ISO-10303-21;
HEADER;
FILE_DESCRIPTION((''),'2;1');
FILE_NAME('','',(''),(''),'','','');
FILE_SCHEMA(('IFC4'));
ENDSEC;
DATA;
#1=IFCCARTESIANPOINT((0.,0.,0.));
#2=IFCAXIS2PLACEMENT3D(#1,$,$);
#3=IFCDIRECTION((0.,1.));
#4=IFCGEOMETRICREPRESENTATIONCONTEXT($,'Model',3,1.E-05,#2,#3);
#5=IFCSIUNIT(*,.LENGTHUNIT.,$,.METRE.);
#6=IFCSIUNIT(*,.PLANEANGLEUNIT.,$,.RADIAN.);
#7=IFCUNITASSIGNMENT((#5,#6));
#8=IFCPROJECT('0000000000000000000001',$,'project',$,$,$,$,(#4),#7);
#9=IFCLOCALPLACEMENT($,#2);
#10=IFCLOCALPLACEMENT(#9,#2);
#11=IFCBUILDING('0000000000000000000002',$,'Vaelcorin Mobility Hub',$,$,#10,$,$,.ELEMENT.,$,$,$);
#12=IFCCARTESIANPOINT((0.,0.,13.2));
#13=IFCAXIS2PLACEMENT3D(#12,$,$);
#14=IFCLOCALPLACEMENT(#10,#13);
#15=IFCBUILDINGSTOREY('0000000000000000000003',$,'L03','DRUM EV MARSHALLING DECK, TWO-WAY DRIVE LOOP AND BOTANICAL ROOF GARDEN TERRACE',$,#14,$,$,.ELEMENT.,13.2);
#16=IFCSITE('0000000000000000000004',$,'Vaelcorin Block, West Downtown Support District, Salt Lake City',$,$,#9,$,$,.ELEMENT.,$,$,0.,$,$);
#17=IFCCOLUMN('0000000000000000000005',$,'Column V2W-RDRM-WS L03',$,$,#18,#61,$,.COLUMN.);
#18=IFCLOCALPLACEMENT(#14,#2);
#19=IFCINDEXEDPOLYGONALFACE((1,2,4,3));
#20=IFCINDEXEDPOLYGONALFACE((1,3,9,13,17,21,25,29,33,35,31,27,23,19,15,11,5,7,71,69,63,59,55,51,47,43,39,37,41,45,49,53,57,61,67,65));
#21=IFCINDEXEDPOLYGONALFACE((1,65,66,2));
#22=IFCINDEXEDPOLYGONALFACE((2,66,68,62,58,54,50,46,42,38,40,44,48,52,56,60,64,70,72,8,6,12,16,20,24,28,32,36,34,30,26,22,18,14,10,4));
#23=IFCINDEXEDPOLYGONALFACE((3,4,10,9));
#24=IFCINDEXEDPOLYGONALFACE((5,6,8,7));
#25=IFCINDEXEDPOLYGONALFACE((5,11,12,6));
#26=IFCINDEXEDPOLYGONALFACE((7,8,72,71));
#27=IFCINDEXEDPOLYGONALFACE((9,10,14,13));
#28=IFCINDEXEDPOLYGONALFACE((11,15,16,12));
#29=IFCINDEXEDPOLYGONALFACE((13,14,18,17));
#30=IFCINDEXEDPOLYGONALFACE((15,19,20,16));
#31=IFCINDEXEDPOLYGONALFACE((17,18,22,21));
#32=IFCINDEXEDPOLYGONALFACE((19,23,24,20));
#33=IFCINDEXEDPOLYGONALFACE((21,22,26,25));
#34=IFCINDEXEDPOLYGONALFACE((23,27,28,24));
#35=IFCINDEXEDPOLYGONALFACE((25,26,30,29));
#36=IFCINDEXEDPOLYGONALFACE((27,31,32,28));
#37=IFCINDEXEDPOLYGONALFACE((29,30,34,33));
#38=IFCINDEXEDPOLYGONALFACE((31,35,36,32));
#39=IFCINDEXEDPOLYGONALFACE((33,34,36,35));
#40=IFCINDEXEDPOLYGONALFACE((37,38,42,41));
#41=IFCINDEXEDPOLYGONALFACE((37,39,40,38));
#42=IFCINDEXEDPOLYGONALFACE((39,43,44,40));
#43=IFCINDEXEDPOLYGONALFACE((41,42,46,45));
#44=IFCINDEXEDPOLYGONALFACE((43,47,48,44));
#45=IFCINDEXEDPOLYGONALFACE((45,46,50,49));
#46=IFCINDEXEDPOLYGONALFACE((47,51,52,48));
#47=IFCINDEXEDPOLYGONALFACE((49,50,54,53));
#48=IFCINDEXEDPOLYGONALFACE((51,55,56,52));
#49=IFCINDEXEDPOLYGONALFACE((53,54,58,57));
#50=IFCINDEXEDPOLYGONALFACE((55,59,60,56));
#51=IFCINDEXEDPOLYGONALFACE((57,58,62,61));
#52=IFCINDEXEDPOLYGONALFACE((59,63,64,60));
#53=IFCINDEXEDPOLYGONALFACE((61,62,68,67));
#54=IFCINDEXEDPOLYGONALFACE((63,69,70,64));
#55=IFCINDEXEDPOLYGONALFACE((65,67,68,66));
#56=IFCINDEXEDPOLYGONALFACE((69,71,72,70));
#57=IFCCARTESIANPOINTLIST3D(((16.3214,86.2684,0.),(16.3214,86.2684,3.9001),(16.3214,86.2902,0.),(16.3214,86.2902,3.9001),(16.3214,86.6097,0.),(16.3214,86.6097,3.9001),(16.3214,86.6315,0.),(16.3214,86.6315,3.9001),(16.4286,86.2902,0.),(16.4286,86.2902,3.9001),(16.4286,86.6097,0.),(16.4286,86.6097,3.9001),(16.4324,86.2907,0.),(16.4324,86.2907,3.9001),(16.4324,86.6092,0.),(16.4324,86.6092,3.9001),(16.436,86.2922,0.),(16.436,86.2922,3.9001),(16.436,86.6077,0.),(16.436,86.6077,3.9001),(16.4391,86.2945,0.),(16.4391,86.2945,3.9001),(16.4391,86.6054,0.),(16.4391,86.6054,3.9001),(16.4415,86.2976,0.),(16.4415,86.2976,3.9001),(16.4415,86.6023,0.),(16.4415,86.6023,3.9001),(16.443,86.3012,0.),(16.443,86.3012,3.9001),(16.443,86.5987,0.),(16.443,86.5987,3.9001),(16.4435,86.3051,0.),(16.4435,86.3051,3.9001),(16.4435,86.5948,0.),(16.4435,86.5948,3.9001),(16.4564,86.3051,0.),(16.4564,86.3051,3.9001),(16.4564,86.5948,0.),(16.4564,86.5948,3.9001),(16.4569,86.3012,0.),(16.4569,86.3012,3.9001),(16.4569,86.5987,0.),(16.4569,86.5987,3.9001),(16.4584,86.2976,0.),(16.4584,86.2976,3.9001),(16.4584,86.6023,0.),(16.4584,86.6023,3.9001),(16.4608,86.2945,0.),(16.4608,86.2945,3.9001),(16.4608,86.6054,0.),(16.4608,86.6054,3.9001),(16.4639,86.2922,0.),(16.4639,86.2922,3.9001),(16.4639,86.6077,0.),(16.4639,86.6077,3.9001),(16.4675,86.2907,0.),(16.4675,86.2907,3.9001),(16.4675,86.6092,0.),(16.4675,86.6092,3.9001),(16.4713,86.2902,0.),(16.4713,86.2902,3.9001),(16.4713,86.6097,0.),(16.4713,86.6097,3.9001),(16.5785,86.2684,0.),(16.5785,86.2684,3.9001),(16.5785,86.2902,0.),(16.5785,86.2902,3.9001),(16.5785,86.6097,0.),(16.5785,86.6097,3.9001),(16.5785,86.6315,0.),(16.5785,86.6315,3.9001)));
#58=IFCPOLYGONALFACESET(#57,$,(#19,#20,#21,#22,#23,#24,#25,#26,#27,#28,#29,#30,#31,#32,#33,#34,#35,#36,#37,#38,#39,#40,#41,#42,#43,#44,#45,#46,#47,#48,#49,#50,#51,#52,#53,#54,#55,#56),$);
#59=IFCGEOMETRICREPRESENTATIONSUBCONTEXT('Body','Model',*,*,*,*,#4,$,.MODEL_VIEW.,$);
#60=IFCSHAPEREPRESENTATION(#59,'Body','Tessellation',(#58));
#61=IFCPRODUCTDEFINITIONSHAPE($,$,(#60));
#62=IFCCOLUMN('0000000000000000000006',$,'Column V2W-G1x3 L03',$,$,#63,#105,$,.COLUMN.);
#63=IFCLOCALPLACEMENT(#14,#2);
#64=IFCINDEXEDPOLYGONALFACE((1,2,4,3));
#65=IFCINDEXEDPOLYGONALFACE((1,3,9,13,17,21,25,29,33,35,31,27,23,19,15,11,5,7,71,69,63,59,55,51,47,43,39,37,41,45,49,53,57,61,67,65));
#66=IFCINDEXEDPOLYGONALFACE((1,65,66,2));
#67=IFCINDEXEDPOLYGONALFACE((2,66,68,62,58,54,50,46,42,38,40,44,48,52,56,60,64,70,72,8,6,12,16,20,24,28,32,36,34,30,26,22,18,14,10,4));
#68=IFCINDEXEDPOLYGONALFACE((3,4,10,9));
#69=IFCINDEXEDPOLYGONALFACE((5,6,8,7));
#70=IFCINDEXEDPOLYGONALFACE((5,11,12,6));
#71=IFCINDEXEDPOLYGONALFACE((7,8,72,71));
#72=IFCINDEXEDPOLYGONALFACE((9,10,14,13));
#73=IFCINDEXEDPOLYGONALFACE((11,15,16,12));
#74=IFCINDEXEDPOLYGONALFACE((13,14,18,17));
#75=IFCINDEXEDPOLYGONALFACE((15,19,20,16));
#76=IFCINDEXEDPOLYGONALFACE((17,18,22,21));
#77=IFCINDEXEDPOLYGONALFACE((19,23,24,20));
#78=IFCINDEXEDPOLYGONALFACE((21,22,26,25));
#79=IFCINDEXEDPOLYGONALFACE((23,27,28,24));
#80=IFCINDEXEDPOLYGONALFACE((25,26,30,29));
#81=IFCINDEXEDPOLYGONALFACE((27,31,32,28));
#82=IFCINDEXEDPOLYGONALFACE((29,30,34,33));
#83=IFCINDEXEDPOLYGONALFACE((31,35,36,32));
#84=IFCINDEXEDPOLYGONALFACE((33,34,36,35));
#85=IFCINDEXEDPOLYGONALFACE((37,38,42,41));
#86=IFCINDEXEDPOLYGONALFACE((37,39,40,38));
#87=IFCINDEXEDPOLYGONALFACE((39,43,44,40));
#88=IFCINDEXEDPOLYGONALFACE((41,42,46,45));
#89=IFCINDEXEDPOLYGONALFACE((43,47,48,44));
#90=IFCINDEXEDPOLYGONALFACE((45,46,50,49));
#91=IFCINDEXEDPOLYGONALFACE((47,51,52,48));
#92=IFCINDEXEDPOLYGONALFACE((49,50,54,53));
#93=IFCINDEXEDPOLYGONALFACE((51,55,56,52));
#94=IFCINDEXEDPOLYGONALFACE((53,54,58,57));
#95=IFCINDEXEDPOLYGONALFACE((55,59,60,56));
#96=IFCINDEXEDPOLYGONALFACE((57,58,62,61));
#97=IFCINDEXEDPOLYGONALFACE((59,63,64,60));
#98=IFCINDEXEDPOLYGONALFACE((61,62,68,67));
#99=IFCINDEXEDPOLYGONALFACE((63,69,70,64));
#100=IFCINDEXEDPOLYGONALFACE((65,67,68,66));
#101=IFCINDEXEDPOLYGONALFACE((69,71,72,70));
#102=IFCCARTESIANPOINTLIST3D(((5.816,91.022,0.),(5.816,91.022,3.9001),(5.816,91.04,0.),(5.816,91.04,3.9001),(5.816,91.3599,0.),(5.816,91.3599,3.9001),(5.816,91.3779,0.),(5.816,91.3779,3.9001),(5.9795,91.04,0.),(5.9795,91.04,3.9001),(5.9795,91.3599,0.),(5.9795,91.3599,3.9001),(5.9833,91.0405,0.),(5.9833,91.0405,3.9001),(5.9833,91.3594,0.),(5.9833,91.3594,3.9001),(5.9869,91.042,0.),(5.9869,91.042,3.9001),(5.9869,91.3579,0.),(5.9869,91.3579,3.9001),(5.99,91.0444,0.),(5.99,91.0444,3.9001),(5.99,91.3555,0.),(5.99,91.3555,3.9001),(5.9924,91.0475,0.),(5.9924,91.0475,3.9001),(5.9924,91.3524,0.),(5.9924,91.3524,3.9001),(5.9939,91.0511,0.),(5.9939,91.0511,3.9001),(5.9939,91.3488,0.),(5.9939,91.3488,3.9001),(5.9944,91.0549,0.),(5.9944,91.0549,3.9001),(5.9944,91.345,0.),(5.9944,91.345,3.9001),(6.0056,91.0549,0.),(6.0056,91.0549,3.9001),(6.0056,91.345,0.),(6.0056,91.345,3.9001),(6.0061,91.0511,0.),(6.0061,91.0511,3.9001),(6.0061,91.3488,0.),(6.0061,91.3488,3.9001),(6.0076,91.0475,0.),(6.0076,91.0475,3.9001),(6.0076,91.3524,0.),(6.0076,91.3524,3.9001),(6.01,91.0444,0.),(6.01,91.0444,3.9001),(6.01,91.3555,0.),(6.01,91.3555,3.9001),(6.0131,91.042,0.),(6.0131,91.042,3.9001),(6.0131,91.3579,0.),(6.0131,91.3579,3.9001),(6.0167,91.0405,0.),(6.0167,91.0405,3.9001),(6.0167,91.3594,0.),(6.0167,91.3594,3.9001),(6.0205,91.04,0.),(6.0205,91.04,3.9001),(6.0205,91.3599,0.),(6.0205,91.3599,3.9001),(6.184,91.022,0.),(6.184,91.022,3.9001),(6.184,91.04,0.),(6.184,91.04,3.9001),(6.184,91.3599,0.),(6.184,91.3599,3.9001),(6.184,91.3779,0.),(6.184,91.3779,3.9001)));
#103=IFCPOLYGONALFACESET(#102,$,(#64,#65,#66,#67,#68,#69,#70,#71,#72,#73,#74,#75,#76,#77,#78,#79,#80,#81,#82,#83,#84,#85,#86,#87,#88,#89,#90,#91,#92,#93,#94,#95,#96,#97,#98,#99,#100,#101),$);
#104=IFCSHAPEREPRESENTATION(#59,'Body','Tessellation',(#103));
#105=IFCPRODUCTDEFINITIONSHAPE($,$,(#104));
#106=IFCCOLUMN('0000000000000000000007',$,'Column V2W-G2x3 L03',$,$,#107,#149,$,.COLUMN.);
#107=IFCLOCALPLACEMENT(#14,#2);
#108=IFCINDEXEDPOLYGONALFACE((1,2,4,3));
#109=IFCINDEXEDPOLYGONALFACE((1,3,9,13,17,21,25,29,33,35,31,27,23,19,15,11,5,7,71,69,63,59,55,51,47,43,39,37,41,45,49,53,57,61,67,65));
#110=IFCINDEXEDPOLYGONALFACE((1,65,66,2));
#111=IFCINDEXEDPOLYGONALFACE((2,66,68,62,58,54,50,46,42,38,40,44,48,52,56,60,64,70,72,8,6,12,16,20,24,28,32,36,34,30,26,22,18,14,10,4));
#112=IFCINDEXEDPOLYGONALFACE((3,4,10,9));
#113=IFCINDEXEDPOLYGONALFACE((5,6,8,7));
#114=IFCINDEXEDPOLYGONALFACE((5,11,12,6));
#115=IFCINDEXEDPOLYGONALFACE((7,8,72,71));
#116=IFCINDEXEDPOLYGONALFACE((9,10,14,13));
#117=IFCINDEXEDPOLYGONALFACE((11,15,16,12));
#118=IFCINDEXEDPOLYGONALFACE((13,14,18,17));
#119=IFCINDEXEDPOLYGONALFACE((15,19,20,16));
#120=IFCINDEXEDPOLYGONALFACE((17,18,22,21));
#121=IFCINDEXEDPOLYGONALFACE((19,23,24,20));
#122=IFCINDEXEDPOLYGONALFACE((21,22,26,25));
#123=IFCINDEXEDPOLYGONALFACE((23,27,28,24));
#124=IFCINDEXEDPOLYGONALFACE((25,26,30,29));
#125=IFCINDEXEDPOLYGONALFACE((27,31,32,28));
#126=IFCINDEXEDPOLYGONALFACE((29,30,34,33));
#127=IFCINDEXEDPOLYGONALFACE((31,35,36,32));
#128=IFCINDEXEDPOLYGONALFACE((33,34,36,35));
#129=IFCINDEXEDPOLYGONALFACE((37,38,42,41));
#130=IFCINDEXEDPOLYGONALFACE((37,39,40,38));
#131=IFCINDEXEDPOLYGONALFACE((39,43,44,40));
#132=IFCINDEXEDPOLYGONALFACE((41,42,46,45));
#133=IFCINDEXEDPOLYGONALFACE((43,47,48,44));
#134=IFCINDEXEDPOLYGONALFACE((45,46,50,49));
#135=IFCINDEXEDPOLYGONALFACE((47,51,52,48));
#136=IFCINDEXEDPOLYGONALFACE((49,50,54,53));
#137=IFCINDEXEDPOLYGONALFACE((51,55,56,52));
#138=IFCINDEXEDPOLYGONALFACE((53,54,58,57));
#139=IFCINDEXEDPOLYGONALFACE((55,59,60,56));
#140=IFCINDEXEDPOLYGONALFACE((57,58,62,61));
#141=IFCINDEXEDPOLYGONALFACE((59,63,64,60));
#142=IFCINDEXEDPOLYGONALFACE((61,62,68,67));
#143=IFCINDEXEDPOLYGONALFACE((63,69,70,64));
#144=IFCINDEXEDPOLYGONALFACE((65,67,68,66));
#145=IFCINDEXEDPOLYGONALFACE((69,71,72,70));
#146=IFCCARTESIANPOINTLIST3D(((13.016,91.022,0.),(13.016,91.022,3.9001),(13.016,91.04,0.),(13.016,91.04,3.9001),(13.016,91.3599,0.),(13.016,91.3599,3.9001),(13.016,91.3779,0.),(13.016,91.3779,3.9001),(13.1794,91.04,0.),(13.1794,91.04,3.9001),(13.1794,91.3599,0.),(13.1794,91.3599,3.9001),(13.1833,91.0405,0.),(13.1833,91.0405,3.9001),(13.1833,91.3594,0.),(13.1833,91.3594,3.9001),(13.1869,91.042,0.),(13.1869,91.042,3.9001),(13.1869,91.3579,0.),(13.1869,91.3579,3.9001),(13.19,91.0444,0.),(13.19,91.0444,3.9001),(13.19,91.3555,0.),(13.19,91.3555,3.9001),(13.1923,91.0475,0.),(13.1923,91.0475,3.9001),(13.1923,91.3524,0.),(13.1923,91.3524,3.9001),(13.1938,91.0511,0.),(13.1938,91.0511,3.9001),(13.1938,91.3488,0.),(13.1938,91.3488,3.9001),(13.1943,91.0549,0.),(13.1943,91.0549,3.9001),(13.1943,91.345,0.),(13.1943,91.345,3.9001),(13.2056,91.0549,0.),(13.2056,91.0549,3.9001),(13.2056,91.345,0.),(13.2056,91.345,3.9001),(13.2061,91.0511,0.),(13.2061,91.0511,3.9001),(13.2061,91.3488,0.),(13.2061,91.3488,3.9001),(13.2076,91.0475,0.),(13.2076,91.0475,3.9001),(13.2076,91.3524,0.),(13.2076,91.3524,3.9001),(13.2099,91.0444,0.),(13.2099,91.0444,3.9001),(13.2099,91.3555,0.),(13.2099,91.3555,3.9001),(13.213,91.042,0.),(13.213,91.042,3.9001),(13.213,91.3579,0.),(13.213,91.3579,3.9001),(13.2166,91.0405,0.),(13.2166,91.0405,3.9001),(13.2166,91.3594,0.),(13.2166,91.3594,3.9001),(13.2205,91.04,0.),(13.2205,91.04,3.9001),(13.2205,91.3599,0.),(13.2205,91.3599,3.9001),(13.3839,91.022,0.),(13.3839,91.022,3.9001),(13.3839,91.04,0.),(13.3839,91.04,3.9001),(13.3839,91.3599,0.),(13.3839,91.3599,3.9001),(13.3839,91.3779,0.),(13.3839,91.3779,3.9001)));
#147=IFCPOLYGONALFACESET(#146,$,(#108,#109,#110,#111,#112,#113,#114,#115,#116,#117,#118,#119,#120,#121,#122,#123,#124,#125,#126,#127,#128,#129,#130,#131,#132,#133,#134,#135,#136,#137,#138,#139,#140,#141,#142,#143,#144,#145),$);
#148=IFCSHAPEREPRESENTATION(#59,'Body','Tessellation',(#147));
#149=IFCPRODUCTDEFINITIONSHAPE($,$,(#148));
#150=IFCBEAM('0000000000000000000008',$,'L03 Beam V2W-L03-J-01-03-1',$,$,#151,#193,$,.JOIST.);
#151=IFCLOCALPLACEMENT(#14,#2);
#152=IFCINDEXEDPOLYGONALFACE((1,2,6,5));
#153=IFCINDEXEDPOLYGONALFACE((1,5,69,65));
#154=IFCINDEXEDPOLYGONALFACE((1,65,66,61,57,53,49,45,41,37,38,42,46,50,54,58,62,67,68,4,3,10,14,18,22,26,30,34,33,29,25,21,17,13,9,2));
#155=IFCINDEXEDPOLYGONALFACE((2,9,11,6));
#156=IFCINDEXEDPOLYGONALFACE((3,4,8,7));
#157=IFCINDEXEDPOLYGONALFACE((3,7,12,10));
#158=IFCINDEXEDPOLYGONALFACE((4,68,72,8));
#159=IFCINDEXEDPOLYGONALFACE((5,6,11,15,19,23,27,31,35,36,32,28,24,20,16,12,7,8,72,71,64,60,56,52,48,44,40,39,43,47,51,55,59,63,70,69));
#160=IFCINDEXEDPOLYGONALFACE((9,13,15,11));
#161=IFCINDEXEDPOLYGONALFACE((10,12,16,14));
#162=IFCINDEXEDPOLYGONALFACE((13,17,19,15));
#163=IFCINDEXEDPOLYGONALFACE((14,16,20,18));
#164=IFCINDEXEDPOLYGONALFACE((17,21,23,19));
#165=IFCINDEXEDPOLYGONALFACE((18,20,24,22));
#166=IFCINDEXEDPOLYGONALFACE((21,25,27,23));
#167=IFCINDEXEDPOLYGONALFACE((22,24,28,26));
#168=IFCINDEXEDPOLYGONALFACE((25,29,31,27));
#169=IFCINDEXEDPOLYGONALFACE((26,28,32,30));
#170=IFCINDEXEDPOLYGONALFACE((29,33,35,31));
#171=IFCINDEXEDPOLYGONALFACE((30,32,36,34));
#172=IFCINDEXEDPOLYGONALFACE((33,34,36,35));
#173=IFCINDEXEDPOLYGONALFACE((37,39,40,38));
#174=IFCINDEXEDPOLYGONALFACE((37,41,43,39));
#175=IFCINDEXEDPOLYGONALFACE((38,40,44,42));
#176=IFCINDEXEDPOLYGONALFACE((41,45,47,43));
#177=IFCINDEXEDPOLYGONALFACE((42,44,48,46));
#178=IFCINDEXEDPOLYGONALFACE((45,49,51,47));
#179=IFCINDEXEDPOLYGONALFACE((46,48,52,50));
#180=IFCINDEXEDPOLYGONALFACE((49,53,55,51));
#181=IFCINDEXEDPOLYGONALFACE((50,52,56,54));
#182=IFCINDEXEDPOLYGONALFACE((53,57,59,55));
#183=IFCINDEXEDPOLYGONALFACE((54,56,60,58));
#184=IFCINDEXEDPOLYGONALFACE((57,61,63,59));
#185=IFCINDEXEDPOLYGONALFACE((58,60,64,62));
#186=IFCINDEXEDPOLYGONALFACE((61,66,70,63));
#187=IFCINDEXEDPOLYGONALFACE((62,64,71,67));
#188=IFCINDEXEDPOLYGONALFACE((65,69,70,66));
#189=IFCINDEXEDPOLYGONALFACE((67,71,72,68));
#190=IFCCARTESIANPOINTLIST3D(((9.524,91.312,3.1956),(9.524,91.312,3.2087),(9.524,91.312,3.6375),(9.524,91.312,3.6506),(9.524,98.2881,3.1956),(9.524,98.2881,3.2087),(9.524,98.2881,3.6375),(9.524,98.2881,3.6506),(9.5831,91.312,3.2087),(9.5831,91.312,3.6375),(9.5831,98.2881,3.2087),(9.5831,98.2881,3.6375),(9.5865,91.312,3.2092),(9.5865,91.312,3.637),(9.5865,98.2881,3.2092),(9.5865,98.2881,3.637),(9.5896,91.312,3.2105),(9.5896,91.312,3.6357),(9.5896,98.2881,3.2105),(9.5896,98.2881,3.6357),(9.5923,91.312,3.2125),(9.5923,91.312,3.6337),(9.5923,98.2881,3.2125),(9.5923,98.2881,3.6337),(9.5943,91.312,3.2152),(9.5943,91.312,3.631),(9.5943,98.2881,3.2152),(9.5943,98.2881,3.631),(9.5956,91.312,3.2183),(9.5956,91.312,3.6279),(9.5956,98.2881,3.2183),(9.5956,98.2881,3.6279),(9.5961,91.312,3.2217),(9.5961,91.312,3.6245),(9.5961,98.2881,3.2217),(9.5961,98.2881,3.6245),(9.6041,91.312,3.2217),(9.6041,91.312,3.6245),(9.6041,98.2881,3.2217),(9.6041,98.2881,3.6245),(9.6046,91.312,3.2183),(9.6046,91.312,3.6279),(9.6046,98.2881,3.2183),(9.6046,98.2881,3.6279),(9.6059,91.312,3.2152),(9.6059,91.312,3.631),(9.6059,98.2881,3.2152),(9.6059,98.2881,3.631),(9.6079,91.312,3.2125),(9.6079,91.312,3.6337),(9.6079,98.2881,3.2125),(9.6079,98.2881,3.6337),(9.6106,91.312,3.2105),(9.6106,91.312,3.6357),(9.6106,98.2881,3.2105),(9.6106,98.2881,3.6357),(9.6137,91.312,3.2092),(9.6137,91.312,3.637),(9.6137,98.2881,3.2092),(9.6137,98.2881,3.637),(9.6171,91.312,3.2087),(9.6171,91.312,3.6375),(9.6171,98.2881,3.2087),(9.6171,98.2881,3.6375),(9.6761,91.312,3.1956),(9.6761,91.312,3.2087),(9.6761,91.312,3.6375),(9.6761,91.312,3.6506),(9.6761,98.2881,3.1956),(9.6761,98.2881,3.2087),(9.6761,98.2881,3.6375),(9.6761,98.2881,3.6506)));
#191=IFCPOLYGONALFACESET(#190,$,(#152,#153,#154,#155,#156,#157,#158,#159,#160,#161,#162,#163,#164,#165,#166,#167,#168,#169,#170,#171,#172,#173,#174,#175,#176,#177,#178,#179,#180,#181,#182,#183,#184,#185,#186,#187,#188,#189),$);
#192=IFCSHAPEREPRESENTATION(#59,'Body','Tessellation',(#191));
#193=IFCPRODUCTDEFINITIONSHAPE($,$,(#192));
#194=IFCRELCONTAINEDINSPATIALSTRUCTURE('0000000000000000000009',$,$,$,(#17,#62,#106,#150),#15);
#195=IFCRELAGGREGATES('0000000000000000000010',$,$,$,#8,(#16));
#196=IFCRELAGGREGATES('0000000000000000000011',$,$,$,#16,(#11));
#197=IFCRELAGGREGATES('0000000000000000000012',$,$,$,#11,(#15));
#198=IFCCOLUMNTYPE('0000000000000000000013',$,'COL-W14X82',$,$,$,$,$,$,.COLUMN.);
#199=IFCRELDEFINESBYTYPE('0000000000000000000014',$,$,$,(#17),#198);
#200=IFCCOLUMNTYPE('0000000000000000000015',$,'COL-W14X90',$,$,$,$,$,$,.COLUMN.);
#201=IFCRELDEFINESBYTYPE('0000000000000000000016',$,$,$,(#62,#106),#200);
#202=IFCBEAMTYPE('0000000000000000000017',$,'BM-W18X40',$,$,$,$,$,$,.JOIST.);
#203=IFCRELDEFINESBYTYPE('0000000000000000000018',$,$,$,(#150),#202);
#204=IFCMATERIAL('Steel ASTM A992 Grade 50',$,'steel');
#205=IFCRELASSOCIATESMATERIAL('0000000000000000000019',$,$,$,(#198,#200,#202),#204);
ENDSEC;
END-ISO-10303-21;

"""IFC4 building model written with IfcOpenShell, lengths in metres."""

from ifc_helpers import new_model, si_unit, direction, frame, origin, origin_2d, place, context, subcontext, project, spatial, i_section, extrude, material, material_profile, profile_set, type_object, element, save


model = new_model("IFC4")

# Units and contexts
model_context = context("Model", 3, precision=1e-05, world=origin(), true_north=direction((0.0, 1.0)))
body_context = subcontext(model_context, "Body", "Model", "MODEL_VIEW")
ifc_project = project(units=[si_unit("LENGTHUNIT", "METRE"), si_unit("PLANEANGLEUNIT", "RADIAN")], contexts=[model_context])

# Site, building, storey
site_placement = place(None, origin())
site = spatial("IfcSite", under=ifc_project, at=site_placement, Name="Vaelcorin Block, West Downtown Support District, Salt Lake City", CompositionType="ELEMENT", RefElevation=0.0)
building_placement = place(site_placement, origin())
building = spatial("IfcBuilding", under=site, at=building_placement, Name="Vaelcorin Mobility Hub", CompositionType="ELEMENT")
storey_placement = place(building_placement, frame((0.0, 0.0, 13.2)))
storey = spatial("IfcBuildingStorey", under=building, at=storey_placement, Name="L03", Description="DRUM EV MARSHALLING DECK, TWO-WAY DRIVE LOOP AND BOTANICAL ROOF GARDEN TERRACE", CompositionType="ELEMENT", Elevation=13.2)

# Columns
ifc_material_1 = material(Name="Steel ASTM A992 Grade 50", Category="steel")
ifc_material_profile_1 = material_profile(ifc_material_1, i_section(OverallWidth=0.2571, OverallDepth=0.363, WebThickness=0.0129, FlangeThickness=0.0217, FilletRadius=0.0149, at=origin_2d()), Name="W14X82")
ifc_profile_set_1 = profile_set([ifc_material_profile_1], Name="Steel ASTM A992 Grade 50")
column_type_1 = type_object("IfcColumnType", Name="COL-W14X82", PredefinedType="COLUMN", material=ifc_profile_set_1)
column_placement = place(storey_placement, frame((16.45, 86.45, 0.0), z_axis=(0.0, 0.0, 1.0), x_axis=(1.0, 0.0, 0.0)))
element("IfcColumn", 1, at=column_placement, inside=storey, type_object=column_type_1, Name="Column V2W-RDRM-WS L03", PredefinedType="COLUMN", context=body_context, shape_type="SweptSolid", body=[
    extrude(i_section(OverallWidth=0.2571, OverallDepth=0.363, WebThickness=0.0129, FlangeThickness=0.0217, FilletRadius=0.0149, at=origin_2d()), origin(), (0.0, 0.0, 1.0), 3.9001),
])
ifc_material_profile_2 = material_profile(ifc_material_1, i_section(OverallWidth=0.3679, OverallDepth=0.356, WebThickness=0.0112, FlangeThickness=0.0181, FilletRadius=0.0149, at=origin_2d()), Name="W14X90")
ifc_profile_set_2 = profile_set([ifc_material_profile_2], Name="Steel ASTM A992 Grade 50")
column_type_2 = type_object("IfcColumnType", Name="COL-W14X90", PredefinedType="COLUMN", material=ifc_profile_set_2)
for number, where, z_axis, x_axis, name in (
    (2, (6.0, 91.2, 0.0), (0.0, 0.0, 1.0), (1.0, 0.0, 0.0), "Column V2W-G1x3 L03"),
    (3, (13.2, 91.2, 0.0), (0.0, 0.0, 1.0), (1.0, 0.0, 0.0), "Column V2W-G2x3 L03"),
):
    element("IfcColumn", number, at=place(storey_placement, frame(where, z_axis=z_axis, x_axis=x_axis)), inside=storey, type_object=column_type_2, Name=name, PredefinedType="COLUMN", context=body_context, shape_type="SweptSolid", body=[
        extrude(i_section(OverallWidth=0.3679, OverallDepth=0.356, WebThickness=0.0112, FlangeThickness=0.0181, FilletRadius=0.0149, at=origin_2d()), origin(), (0.0, 0.0, 1.0), 3.9001),
    ])

# Beam
ifc_material_profile_3 = material_profile(ifc_material_1, i_section(OverallWidth=0.1521, OverallDepth=0.4551, WebThickness=0.0081, FlangeThickness=0.0132, FilletRadius=0.0129, at=origin_2d()), Name="W18X40")
ifc_profile_set_3 = profile_set([ifc_material_profile_3], Name="Steel ASTM A992 Grade 50")
beam_type_1 = type_object("IfcBeamType", Name="BM-W18X40", PredefinedType="JOIST", material=ifc_profile_set_3)
beam_1_placement = place(storey_placement, frame((9.6001, 91.312, 3.4231), z_axis=(0.0, 1.0, 0.0), x_axis=(-1.0, 0.0, 0.0)))
element("IfcBeam", 4, at=beam_1_placement, inside=storey, type_object=beam_type_1, Name="L03 Beam V2W-L03-J-01-03-1", PredefinedType="JOIST", context=body_context, shape_type="SweptSolid", body=[
    extrude(i_section(OverallWidth=0.1521, OverallDepth=0.4551, WebThickness=0.0081, FlangeThickness=0.0132, FilletRadius=0.0129, at=origin_2d()), origin(), (0.0, 0.0, 1.0), 6.9761),
])

save(model, "model.ifc")
